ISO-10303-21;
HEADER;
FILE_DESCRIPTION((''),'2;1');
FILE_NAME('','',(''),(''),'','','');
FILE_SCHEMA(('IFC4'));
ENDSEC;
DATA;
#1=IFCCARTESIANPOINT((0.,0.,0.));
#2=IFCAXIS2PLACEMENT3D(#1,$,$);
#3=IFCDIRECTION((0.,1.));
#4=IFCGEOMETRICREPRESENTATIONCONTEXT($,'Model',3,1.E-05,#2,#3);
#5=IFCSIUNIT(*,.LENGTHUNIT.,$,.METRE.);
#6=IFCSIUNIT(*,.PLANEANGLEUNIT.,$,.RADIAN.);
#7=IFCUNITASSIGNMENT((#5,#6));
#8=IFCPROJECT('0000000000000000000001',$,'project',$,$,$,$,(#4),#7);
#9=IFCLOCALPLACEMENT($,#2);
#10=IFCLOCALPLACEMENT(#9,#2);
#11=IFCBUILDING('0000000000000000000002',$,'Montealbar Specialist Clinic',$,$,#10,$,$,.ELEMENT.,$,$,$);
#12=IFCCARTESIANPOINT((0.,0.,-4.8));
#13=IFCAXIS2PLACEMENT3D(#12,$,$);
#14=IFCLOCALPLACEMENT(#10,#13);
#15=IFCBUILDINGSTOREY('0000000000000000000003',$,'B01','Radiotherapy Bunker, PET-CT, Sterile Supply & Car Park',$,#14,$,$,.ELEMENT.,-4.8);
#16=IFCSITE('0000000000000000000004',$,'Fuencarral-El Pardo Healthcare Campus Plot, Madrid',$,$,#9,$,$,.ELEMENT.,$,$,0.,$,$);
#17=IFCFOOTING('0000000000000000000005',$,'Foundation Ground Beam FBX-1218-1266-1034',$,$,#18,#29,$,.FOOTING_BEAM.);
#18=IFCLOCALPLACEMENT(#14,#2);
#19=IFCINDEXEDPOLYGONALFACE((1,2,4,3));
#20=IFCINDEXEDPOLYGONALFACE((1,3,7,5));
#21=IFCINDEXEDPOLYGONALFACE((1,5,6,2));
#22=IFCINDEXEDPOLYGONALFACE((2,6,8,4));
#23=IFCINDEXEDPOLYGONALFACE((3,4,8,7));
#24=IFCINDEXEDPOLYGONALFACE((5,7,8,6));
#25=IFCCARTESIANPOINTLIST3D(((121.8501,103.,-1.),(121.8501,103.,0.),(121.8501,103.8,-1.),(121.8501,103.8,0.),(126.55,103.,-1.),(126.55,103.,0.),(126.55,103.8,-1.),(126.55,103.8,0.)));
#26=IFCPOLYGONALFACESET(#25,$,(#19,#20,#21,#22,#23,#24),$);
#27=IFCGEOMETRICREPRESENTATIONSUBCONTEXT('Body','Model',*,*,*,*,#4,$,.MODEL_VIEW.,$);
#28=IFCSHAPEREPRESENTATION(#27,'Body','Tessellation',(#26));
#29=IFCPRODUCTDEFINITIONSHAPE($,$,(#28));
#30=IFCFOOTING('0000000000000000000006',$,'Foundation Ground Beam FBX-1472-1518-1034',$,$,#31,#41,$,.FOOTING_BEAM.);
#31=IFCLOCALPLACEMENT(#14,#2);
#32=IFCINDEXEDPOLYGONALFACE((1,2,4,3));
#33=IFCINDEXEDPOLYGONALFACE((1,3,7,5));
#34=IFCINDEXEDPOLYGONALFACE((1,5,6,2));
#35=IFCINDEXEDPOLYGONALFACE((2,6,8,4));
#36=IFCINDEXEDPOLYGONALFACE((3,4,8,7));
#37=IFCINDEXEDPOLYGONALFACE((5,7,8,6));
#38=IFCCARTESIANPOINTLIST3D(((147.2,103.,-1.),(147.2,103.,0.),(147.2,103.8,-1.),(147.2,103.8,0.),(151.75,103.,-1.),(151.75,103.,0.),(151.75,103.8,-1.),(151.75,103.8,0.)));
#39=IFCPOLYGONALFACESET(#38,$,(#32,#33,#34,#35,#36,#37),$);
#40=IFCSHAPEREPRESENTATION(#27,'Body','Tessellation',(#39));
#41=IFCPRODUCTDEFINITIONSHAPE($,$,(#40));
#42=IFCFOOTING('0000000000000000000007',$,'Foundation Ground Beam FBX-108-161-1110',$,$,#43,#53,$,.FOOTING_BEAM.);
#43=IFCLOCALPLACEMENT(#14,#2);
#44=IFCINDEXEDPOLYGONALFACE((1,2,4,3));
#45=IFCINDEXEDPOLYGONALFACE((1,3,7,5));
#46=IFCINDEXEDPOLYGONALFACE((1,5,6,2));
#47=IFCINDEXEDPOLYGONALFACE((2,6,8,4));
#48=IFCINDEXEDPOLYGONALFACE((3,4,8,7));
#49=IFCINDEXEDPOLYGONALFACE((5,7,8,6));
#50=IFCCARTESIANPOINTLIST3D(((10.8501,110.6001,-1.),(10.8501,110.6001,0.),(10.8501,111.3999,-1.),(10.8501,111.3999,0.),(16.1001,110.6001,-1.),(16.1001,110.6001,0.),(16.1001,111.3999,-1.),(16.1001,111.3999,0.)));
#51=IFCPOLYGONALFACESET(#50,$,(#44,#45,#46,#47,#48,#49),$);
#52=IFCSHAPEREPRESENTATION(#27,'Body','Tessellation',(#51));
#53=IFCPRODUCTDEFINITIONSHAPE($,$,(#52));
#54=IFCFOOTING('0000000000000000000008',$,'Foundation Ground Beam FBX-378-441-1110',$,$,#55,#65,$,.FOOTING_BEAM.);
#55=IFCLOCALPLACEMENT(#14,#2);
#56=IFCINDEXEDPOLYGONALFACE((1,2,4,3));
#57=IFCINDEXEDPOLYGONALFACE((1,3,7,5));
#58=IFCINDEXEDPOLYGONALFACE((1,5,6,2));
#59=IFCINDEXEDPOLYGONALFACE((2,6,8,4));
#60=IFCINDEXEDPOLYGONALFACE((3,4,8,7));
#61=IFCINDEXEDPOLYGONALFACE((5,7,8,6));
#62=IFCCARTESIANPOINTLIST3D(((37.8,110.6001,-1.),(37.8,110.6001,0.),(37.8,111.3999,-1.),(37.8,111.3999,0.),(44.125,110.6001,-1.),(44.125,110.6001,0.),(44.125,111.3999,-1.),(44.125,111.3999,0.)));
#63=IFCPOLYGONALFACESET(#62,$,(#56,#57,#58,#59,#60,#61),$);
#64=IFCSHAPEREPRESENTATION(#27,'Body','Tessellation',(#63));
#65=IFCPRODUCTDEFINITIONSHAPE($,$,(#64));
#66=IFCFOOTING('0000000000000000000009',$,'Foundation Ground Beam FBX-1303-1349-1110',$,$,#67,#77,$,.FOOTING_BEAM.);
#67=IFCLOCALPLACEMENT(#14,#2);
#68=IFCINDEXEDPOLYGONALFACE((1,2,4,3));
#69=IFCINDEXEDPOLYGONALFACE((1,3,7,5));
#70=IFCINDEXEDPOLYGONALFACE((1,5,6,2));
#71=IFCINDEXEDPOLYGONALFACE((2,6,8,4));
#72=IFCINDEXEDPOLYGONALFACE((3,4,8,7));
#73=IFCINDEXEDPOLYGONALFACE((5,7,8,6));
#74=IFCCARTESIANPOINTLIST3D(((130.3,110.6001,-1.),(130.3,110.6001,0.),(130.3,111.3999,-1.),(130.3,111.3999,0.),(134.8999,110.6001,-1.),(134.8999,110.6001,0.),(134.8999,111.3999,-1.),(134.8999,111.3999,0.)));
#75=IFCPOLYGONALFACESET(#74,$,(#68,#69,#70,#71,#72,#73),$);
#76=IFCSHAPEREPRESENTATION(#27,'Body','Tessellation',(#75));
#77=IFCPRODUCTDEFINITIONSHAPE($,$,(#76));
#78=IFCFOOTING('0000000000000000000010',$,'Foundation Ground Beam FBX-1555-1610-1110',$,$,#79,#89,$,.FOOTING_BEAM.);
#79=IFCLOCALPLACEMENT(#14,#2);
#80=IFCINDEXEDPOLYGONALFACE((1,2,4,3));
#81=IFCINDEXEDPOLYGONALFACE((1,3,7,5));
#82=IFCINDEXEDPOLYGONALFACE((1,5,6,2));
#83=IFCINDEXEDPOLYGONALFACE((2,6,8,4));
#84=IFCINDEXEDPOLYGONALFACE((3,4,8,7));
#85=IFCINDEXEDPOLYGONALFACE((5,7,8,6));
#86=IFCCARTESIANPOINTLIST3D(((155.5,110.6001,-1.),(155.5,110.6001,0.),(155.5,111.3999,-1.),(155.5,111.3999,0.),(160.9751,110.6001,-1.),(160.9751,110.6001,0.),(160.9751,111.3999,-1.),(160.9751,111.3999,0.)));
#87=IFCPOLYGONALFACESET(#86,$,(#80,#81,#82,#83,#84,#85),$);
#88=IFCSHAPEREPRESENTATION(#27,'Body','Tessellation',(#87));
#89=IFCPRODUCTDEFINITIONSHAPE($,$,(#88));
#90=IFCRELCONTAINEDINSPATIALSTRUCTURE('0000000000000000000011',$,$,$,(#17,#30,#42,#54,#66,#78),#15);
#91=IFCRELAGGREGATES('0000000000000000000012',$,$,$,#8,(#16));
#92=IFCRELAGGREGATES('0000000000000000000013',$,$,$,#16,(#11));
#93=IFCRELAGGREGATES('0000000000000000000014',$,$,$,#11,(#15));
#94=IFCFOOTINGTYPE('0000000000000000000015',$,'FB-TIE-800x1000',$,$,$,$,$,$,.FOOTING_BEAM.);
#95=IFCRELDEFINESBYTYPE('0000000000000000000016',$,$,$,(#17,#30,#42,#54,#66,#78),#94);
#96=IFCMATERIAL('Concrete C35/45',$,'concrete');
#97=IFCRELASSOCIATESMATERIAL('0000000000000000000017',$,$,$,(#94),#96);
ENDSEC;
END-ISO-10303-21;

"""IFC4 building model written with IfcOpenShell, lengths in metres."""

from ifc_helpers import new_model, si_unit, direction, frame, origin, place, context, subcontext, project, spatial, polyline, outline, extrude, material, type_object, element, save


model = new_model("IFC4")

# Units and contexts
model_context = context("Model", 3, precision=1e-05, world=origin(), true_north=direction((0.0, 1.0)))
body_context = subcontext(model_context, "Body", "Model", "MODEL_VIEW")
ifc_project = project(units=[si_unit("LENGTHUNIT", "METRE"), si_unit("PLANEANGLEUNIT", "RADIAN")], contexts=[model_context])

# Site, building, storey
site_placement = place(None, origin())
site = spatial("IfcSite", under=ifc_project, at=site_placement, Name="Fuencarral-El Pardo Healthcare Campus Plot, Madrid", CompositionType="ELEMENT", RefElevation=0.0)
building_placement = place(site_placement, origin())
building = spatial("IfcBuilding", under=site, at=building_placement, Name="Montealbar Specialist Clinic", CompositionType="ELEMENT")
storey_placement = place(building_placement, frame((0.0, 0.0, -4.8)))
storey = spatial("IfcBuildingStorey", under=building, at=storey_placement, Name="B01", Description="Radiotherapy Bunker, PET-CT, Sterile Supply & Car Park", CompositionType="ELEMENT", Elevation=-4.8)

# Footings
ifc_material = material(Name="Concrete C35/45", Category="concrete")
footing_type_1 = type_object("IfcFootingType", Name="FB-TIE-800x1000", PredefinedType="FOOTING_BEAM", material=ifc_material)
footing_1_placement = place(storey_placement, frame((0.0, 0.0, -1.0)))
element("IfcFooting", 1, at=footing_1_placement, inside=storey, type_object=footing_type_1, Name="Foundation Ground Beam FBX-1218-1266-1034", PredefinedType="FOOTING_BEAM", context=body_context, shape_type="SweptSolid", body=[
    extrude(outline(polyline([(121.8501, 103.0), (126.55, 103.0), (126.55, 103.8), (121.8501, 103.8), (121.8501, 103.0)])), origin(), (0.0, 0.0, 1.0), 1.0),
])
footing_2_placement = place(storey_placement, frame((0.0, 0.0, -1.0)))
element("IfcFooting", 2, at=footing_2_placement, inside=storey, type_object=footing_type_1, Name="Foundation Ground Beam FBX-1472-1518-1034", PredefinedType="FOOTING_BEAM", context=body_context, shape_type="SweptSolid", body=[
    extrude(outline(polyline([(147.2, 103.0), (151.75, 103.0), (151.75, 103.8), (147.2, 103.8), (147.2, 103.0)])), origin(), (0.0, 0.0, 1.0), 1.0),
])
footing_3_placement = place(storey_placement, frame((0.0, 0.0, -1.0)))
element("IfcFooting", 3, at=footing_3_placement, inside=storey, type_object=footing_type_1, Name="Foundation Ground Beam FBX-108-161-1110", PredefinedType="FOOTING_BEAM", context=body_context, shape_type="SweptSolid", body=[
    extrude(outline(polyline([(10.8501, 110.6001), (16.1001, 110.6001), (16.1001, 111.3999), (10.8501, 111.3999), (10.8501, 110.6001)])), origin(), (0.0, 0.0, 1.0), 1.0),
])
footing_4_placement = place(storey_placement, frame((0.0, 0.0, -1.0)))
element("IfcFooting", 4, at=footing_4_placement, inside=storey, type_object=footing_type_1, Name="Foundation Ground Beam FBX-378-441-1110", PredefinedType="FOOTING_BEAM", context=body_context, shape_type="SweptSolid", body=[
    extrude(outline(polyline([(37.8, 110.6001), (44.125, 110.6001), (44.125, 111.3999), (37.8, 111.3999), (37.8, 110.6001)])), origin(), (0.0, 0.0, 1.0), 1.0),
])
footing_5_placement = place(storey_placement, frame((0.0, 0.0, -1.0)))
element("IfcFooting", 5, at=footing_5_placement, inside=storey, type_object=footing_type_1, Name="Foundation Ground Beam FBX-1303-1349-1110", PredefinedType="FOOTING_BEAM", context=body_context, shape_type="SweptSolid", body=[
    extrude(outline(polyline([(130.3, 110.6001), (134.8999, 110.6001), (134.8999, 111.3999), (130.3, 111.3999), (130.3, 110.6001)])), origin(), (0.0, 0.0, 1.0), 1.0),
])
footing_6_placement = place(storey_placement, frame((0.0, 0.0, -1.0)))
element("IfcFooting", 6, at=footing_6_placement, inside=storey, type_object=footing_type_1, Name="Foundation Ground Beam FBX-1555-1610-1110", PredefinedType="FOOTING_BEAM", context=body_context, shape_type="SweptSolid", body=[
    extrude(outline(polyline([(155.5, 110.6001), (160.9751, 110.6001), (160.9751, 111.3999), (155.5, 111.3999), (155.5, 110.6001)])), origin(), (0.0, 0.0, 1.0), 1.0),
])

save(model, "model.ifc")
